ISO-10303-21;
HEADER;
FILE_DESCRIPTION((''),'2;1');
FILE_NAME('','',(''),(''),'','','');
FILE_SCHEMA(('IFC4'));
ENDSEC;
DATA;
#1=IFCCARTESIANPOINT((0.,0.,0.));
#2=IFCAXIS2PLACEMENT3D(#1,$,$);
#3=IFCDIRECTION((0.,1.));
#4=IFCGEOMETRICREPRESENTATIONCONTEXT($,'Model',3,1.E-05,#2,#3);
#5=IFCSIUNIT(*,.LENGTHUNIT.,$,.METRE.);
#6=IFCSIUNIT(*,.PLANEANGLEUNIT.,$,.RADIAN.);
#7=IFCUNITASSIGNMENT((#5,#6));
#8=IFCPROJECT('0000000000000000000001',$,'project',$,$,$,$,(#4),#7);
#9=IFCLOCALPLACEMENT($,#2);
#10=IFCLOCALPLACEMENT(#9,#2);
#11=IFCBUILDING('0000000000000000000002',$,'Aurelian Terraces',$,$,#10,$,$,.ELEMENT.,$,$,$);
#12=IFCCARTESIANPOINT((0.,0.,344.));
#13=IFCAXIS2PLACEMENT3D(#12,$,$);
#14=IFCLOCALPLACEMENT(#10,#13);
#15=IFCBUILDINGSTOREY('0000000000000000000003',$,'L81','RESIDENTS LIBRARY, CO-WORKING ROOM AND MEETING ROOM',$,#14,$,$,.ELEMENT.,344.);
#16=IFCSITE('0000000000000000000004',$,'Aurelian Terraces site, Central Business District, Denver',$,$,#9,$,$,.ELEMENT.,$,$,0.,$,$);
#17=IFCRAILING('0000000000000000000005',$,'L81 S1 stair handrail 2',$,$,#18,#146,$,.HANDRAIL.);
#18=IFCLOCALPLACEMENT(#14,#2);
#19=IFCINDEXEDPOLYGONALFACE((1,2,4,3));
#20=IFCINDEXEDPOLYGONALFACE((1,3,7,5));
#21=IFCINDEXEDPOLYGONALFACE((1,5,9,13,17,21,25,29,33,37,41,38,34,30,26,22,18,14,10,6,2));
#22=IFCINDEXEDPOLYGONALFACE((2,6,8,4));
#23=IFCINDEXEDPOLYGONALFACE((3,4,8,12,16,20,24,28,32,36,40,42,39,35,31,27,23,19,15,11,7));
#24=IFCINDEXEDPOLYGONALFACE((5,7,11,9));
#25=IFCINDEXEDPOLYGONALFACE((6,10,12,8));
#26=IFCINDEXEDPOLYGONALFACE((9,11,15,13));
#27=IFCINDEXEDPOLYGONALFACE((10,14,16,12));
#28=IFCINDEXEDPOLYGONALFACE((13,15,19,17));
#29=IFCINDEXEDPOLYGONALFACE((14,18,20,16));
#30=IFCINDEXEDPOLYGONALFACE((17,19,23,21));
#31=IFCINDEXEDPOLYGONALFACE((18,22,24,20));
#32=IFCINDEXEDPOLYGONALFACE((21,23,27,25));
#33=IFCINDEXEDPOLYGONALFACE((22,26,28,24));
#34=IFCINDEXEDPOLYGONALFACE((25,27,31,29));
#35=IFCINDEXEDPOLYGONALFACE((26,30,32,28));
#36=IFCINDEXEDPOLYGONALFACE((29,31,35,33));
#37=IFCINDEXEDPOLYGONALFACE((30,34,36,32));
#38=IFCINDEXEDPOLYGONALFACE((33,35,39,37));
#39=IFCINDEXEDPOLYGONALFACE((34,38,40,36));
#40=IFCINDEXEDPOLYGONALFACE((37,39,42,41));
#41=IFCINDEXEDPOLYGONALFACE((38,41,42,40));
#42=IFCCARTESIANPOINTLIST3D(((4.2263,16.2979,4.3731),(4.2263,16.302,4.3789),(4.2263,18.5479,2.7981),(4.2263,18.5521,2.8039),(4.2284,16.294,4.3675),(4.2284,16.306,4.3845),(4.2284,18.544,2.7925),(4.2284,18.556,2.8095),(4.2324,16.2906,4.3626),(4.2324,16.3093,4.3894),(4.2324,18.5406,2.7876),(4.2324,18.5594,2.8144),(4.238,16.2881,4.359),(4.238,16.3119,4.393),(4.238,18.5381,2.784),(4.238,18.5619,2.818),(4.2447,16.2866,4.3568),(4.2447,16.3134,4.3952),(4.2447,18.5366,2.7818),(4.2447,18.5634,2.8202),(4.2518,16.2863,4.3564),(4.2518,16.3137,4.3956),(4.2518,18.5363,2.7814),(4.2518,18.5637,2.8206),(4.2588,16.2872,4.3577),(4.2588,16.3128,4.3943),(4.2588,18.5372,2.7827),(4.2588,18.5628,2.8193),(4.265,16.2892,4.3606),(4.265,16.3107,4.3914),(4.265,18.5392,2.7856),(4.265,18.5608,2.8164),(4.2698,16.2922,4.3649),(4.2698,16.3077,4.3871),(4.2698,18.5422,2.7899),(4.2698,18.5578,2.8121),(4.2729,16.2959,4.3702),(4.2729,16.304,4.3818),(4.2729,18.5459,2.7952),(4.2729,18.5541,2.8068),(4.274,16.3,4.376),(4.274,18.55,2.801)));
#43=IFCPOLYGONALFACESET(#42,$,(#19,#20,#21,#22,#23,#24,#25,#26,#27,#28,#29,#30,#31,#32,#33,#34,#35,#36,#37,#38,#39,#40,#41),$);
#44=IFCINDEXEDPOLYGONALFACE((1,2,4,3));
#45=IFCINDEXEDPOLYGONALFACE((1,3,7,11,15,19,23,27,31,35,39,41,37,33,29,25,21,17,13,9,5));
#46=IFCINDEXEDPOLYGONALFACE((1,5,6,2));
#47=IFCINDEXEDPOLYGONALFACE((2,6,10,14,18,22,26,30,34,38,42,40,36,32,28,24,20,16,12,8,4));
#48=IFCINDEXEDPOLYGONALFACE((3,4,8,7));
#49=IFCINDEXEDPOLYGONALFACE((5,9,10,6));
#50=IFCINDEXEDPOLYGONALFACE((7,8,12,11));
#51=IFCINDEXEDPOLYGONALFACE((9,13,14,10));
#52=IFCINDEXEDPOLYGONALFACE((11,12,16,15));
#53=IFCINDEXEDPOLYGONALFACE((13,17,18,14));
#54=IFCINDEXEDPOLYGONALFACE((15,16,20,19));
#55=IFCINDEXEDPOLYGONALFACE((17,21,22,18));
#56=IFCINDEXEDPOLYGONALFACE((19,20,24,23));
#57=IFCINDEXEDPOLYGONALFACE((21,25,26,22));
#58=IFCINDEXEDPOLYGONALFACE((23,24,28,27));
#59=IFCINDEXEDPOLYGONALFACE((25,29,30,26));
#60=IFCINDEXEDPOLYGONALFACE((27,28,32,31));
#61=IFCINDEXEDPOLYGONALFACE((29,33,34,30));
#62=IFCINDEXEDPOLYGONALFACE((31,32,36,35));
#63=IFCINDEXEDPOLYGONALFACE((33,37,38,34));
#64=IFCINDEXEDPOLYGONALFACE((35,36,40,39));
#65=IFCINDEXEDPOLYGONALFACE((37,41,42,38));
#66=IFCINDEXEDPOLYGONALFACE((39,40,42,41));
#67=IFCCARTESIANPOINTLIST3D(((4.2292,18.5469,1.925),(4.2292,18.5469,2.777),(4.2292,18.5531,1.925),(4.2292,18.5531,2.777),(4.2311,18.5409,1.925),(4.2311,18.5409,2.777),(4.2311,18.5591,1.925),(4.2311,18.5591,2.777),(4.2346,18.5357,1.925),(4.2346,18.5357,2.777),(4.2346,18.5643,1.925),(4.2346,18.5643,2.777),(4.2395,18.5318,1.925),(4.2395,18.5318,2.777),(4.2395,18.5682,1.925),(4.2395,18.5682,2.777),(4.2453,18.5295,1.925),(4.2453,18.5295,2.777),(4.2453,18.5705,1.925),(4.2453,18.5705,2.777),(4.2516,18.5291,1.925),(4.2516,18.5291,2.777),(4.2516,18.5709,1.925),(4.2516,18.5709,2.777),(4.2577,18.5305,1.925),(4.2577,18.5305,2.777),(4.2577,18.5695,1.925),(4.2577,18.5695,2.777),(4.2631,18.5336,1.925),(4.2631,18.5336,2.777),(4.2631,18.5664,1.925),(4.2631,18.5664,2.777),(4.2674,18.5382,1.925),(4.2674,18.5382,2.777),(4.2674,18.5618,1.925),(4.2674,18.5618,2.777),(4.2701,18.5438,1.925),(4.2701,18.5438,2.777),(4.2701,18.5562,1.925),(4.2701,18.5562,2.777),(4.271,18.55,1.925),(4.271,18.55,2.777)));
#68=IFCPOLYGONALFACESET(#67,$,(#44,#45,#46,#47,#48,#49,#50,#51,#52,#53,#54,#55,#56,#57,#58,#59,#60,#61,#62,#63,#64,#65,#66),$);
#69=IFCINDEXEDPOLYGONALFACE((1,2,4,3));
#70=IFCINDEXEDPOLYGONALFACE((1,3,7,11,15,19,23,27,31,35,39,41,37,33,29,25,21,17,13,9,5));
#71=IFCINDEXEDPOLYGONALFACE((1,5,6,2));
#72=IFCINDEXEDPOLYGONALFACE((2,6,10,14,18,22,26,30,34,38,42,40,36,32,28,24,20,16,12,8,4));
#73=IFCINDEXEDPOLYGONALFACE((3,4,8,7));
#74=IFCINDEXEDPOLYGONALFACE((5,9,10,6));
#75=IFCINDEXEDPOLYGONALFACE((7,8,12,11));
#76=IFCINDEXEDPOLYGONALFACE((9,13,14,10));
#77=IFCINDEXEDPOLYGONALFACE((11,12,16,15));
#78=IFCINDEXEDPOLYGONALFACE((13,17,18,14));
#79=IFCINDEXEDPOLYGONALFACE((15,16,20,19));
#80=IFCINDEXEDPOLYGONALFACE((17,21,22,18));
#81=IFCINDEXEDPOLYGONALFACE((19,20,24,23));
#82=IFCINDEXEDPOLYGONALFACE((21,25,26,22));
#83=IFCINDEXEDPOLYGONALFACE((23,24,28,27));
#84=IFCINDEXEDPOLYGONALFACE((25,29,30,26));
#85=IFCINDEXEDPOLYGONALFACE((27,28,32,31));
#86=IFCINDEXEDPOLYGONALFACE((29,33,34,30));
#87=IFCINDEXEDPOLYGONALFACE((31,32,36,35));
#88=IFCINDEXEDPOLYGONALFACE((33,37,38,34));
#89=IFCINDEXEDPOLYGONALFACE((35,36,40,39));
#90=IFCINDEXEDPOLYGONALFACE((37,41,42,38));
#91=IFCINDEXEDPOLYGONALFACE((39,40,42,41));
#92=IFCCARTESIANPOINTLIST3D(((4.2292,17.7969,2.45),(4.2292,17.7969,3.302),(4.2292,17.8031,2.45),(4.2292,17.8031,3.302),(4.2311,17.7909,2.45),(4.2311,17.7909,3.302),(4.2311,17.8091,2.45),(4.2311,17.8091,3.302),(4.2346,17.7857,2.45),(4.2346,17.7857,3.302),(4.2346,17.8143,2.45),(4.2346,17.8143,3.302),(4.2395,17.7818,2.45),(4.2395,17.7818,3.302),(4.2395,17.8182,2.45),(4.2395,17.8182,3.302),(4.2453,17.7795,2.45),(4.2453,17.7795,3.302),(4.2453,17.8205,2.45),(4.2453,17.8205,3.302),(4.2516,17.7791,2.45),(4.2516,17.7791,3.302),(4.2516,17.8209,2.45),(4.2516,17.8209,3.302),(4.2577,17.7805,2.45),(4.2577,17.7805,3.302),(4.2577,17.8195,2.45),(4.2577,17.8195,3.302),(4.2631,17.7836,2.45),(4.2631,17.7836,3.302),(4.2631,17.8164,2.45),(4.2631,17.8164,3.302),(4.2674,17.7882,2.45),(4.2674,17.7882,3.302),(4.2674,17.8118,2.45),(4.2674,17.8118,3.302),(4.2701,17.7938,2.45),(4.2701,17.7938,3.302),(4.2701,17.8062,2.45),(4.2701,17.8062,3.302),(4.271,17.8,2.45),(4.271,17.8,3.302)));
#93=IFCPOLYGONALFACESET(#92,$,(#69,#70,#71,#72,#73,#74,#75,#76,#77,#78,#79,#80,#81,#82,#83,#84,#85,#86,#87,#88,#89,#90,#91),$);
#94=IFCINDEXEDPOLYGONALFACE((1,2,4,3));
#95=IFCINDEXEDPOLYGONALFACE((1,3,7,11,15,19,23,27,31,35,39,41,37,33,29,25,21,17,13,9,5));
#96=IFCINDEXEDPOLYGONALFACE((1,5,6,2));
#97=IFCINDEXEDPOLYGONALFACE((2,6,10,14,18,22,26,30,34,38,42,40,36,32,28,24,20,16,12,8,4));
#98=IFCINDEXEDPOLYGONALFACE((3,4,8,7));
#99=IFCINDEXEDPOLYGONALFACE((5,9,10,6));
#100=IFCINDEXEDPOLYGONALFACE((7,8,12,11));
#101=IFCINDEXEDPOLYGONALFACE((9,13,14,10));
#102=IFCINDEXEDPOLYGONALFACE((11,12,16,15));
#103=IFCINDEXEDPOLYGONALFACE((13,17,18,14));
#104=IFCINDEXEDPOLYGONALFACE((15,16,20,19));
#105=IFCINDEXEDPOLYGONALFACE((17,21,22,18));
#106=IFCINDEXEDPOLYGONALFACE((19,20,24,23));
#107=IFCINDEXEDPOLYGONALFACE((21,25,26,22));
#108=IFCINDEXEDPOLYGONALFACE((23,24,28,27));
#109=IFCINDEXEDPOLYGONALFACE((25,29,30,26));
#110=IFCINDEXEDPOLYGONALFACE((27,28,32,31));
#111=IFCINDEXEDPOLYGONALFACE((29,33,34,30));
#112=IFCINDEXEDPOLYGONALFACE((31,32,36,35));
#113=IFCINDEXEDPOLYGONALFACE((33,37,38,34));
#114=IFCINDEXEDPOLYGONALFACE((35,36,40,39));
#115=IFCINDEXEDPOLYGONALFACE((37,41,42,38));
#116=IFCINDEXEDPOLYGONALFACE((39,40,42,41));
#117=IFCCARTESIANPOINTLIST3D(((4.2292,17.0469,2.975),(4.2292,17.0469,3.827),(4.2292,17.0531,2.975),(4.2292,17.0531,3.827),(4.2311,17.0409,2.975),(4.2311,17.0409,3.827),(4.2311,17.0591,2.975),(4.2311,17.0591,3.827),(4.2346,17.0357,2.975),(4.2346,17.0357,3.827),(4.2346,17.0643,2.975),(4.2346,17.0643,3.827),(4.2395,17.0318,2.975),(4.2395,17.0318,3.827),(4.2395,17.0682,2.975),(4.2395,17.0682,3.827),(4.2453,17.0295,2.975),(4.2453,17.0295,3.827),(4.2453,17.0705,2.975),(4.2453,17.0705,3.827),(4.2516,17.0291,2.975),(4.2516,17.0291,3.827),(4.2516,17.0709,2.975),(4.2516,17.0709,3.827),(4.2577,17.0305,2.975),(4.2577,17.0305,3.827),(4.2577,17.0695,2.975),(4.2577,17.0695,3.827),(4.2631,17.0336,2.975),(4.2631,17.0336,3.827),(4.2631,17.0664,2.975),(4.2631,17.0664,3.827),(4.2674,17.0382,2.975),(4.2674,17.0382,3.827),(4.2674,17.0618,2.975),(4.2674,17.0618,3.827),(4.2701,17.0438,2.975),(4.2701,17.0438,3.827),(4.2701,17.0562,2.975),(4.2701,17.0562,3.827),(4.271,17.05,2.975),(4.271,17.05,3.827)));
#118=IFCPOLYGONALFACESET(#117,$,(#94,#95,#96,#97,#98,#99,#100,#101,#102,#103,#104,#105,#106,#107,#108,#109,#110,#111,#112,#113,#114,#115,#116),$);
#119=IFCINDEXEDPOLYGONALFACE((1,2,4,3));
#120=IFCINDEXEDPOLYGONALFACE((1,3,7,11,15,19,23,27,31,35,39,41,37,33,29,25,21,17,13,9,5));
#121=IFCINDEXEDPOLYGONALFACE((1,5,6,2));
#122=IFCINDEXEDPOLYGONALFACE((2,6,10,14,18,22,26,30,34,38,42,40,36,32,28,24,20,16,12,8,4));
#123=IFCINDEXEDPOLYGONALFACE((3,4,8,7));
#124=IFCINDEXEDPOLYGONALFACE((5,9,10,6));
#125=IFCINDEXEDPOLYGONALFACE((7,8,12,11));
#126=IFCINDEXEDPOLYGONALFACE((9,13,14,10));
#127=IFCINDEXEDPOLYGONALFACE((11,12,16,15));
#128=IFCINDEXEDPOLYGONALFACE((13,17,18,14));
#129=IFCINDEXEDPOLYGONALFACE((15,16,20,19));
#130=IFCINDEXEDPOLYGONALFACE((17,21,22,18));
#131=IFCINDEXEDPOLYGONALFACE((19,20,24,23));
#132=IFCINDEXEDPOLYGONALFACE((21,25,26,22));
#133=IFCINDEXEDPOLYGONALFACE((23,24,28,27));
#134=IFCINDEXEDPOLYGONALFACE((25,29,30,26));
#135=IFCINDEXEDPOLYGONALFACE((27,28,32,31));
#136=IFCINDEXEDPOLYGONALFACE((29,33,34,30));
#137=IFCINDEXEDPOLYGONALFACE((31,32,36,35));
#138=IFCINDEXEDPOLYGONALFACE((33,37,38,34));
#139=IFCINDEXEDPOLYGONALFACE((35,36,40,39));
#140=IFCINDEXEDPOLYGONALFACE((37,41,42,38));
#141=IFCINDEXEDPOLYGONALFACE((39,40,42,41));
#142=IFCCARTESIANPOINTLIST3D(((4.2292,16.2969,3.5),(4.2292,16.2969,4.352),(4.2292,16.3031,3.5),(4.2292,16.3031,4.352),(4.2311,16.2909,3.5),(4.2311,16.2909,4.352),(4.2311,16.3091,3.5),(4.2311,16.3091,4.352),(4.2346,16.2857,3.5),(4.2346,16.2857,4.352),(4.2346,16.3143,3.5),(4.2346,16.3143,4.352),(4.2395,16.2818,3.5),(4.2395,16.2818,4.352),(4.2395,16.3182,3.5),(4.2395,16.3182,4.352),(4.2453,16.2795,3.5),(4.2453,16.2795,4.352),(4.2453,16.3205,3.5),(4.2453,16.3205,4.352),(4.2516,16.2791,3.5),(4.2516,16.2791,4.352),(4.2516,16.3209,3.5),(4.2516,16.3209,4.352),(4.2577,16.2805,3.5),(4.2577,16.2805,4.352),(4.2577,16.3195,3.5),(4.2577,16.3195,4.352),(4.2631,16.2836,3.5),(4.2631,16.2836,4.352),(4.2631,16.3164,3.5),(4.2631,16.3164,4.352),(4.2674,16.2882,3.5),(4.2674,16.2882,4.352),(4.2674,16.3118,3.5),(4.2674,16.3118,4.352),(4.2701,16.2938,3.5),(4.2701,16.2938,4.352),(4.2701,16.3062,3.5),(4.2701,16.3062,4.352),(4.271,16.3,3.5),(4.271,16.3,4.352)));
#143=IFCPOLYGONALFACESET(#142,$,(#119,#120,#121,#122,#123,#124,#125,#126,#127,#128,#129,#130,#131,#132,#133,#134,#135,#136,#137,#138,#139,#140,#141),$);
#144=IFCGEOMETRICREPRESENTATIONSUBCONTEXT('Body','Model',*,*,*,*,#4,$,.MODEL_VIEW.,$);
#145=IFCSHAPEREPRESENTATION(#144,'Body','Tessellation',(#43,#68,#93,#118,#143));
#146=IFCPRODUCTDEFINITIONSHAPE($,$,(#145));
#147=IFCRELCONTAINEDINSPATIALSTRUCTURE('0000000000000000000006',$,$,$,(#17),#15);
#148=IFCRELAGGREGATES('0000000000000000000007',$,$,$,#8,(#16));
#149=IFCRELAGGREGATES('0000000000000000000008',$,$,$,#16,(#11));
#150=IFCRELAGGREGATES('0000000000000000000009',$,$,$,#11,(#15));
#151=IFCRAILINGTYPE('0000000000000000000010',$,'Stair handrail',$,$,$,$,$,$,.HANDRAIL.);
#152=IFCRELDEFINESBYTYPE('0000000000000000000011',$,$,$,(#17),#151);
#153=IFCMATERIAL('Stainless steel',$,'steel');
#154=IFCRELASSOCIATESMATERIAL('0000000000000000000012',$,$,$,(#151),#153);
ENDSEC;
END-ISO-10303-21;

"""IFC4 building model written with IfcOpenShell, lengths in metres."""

from ifc_helpers import new_model, si_unit, direction, frame, origin, origin_2d, place, context, subcontext, project, spatial, circle, extrude, source, transform, mapped, material, type_object, element, save


model = new_model("IFC4")

# Units and contexts
model_context = context("Model", 3, precision=1e-05, world=origin(), true_north=direction((0.0, 1.0)))
body_context = subcontext(model_context, "Body", "Model", "MODEL_VIEW")
ifc_project = project(units=[si_unit("LENGTHUNIT", "METRE"), si_unit("PLANEANGLEUNIT", "RADIAN")], contexts=[model_context])

# Site, building, storey
site_placement = place(None, origin())
site = spatial("IfcSite", under=ifc_project, at=site_placement, Name="Aurelian Terraces site, Central Business District, Denver", CompositionType="ELEMENT", RefElevation=0.0)
building_placement = place(site_placement, origin())
building = spatial("IfcBuilding", under=site, at=building_placement, Name="Aurelian Terraces", CompositionType="ELEMENT")
storey_placement = place(building_placement, frame((0.0, 0.0, 344.0)))
storey = spatial("IfcBuildingStorey", under=building, at=storey_placement, Name="L81", Description="RESIDENTS LIBRARY, CO-WORKING ROOM AND MEETING ROOM", CompositionType="ELEMENT", Elevation=344.0)

# Railing
ifc_material_1 = material(Name="Stainless steel", Category="steel")
railing_type_1 = type_object("IfcRailingType", Name="Stair handrail", PredefinedType="HANDRAIL", material=ifc_material_1)
shared_shape_1 = source(origin(), body_context, "Body", "SweptSolid", [
    extrude(circle(Radius=0.024, at=origin_2d()), frame((0.0, 0.0, 0.876), z_axis=(0.0, -0.819232, 0.573462), x_axis=(1.0, 0.0, 0.0)), (0.0, 0.0, 1.0), 2.7465),
    extrude(circle(Radius=0.021, at=origin_2d()), origin(), (0.0, 0.0, 1.0), 0.852),
    extrude(circle(Radius=0.021, at=origin_2d()), frame((0.0, -0.75, 0.525)), (0.0, 0.0, 1.0), 0.852),
    extrude(circle(Radius=0.021, at=origin_2d()), frame((0.0, -1.5, 1.05)), (0.0, 0.0, 1.0), 0.852),
    extrude(circle(Radius=0.021, at=origin_2d()), frame((0.0, -2.25, 1.575)), (0.0, 0.0, 1.0), 0.852),
])
railing_1_placement = place(storey_placement, frame((4.25, 18.55, 1.925)))
element("IfcRailing", 1, at=railing_1_placement, inside=storey, type_object=railing_type_1, Name="L81 S1 stair handrail 2", PredefinedType="HANDRAIL", context=body_context, shape_type="MappedRepresentation", body=[
    mapped(shared_shape_1, transform((0.0, 0.0, 0.0), scale=1.0)),
])

save(model, "model.ifc")
